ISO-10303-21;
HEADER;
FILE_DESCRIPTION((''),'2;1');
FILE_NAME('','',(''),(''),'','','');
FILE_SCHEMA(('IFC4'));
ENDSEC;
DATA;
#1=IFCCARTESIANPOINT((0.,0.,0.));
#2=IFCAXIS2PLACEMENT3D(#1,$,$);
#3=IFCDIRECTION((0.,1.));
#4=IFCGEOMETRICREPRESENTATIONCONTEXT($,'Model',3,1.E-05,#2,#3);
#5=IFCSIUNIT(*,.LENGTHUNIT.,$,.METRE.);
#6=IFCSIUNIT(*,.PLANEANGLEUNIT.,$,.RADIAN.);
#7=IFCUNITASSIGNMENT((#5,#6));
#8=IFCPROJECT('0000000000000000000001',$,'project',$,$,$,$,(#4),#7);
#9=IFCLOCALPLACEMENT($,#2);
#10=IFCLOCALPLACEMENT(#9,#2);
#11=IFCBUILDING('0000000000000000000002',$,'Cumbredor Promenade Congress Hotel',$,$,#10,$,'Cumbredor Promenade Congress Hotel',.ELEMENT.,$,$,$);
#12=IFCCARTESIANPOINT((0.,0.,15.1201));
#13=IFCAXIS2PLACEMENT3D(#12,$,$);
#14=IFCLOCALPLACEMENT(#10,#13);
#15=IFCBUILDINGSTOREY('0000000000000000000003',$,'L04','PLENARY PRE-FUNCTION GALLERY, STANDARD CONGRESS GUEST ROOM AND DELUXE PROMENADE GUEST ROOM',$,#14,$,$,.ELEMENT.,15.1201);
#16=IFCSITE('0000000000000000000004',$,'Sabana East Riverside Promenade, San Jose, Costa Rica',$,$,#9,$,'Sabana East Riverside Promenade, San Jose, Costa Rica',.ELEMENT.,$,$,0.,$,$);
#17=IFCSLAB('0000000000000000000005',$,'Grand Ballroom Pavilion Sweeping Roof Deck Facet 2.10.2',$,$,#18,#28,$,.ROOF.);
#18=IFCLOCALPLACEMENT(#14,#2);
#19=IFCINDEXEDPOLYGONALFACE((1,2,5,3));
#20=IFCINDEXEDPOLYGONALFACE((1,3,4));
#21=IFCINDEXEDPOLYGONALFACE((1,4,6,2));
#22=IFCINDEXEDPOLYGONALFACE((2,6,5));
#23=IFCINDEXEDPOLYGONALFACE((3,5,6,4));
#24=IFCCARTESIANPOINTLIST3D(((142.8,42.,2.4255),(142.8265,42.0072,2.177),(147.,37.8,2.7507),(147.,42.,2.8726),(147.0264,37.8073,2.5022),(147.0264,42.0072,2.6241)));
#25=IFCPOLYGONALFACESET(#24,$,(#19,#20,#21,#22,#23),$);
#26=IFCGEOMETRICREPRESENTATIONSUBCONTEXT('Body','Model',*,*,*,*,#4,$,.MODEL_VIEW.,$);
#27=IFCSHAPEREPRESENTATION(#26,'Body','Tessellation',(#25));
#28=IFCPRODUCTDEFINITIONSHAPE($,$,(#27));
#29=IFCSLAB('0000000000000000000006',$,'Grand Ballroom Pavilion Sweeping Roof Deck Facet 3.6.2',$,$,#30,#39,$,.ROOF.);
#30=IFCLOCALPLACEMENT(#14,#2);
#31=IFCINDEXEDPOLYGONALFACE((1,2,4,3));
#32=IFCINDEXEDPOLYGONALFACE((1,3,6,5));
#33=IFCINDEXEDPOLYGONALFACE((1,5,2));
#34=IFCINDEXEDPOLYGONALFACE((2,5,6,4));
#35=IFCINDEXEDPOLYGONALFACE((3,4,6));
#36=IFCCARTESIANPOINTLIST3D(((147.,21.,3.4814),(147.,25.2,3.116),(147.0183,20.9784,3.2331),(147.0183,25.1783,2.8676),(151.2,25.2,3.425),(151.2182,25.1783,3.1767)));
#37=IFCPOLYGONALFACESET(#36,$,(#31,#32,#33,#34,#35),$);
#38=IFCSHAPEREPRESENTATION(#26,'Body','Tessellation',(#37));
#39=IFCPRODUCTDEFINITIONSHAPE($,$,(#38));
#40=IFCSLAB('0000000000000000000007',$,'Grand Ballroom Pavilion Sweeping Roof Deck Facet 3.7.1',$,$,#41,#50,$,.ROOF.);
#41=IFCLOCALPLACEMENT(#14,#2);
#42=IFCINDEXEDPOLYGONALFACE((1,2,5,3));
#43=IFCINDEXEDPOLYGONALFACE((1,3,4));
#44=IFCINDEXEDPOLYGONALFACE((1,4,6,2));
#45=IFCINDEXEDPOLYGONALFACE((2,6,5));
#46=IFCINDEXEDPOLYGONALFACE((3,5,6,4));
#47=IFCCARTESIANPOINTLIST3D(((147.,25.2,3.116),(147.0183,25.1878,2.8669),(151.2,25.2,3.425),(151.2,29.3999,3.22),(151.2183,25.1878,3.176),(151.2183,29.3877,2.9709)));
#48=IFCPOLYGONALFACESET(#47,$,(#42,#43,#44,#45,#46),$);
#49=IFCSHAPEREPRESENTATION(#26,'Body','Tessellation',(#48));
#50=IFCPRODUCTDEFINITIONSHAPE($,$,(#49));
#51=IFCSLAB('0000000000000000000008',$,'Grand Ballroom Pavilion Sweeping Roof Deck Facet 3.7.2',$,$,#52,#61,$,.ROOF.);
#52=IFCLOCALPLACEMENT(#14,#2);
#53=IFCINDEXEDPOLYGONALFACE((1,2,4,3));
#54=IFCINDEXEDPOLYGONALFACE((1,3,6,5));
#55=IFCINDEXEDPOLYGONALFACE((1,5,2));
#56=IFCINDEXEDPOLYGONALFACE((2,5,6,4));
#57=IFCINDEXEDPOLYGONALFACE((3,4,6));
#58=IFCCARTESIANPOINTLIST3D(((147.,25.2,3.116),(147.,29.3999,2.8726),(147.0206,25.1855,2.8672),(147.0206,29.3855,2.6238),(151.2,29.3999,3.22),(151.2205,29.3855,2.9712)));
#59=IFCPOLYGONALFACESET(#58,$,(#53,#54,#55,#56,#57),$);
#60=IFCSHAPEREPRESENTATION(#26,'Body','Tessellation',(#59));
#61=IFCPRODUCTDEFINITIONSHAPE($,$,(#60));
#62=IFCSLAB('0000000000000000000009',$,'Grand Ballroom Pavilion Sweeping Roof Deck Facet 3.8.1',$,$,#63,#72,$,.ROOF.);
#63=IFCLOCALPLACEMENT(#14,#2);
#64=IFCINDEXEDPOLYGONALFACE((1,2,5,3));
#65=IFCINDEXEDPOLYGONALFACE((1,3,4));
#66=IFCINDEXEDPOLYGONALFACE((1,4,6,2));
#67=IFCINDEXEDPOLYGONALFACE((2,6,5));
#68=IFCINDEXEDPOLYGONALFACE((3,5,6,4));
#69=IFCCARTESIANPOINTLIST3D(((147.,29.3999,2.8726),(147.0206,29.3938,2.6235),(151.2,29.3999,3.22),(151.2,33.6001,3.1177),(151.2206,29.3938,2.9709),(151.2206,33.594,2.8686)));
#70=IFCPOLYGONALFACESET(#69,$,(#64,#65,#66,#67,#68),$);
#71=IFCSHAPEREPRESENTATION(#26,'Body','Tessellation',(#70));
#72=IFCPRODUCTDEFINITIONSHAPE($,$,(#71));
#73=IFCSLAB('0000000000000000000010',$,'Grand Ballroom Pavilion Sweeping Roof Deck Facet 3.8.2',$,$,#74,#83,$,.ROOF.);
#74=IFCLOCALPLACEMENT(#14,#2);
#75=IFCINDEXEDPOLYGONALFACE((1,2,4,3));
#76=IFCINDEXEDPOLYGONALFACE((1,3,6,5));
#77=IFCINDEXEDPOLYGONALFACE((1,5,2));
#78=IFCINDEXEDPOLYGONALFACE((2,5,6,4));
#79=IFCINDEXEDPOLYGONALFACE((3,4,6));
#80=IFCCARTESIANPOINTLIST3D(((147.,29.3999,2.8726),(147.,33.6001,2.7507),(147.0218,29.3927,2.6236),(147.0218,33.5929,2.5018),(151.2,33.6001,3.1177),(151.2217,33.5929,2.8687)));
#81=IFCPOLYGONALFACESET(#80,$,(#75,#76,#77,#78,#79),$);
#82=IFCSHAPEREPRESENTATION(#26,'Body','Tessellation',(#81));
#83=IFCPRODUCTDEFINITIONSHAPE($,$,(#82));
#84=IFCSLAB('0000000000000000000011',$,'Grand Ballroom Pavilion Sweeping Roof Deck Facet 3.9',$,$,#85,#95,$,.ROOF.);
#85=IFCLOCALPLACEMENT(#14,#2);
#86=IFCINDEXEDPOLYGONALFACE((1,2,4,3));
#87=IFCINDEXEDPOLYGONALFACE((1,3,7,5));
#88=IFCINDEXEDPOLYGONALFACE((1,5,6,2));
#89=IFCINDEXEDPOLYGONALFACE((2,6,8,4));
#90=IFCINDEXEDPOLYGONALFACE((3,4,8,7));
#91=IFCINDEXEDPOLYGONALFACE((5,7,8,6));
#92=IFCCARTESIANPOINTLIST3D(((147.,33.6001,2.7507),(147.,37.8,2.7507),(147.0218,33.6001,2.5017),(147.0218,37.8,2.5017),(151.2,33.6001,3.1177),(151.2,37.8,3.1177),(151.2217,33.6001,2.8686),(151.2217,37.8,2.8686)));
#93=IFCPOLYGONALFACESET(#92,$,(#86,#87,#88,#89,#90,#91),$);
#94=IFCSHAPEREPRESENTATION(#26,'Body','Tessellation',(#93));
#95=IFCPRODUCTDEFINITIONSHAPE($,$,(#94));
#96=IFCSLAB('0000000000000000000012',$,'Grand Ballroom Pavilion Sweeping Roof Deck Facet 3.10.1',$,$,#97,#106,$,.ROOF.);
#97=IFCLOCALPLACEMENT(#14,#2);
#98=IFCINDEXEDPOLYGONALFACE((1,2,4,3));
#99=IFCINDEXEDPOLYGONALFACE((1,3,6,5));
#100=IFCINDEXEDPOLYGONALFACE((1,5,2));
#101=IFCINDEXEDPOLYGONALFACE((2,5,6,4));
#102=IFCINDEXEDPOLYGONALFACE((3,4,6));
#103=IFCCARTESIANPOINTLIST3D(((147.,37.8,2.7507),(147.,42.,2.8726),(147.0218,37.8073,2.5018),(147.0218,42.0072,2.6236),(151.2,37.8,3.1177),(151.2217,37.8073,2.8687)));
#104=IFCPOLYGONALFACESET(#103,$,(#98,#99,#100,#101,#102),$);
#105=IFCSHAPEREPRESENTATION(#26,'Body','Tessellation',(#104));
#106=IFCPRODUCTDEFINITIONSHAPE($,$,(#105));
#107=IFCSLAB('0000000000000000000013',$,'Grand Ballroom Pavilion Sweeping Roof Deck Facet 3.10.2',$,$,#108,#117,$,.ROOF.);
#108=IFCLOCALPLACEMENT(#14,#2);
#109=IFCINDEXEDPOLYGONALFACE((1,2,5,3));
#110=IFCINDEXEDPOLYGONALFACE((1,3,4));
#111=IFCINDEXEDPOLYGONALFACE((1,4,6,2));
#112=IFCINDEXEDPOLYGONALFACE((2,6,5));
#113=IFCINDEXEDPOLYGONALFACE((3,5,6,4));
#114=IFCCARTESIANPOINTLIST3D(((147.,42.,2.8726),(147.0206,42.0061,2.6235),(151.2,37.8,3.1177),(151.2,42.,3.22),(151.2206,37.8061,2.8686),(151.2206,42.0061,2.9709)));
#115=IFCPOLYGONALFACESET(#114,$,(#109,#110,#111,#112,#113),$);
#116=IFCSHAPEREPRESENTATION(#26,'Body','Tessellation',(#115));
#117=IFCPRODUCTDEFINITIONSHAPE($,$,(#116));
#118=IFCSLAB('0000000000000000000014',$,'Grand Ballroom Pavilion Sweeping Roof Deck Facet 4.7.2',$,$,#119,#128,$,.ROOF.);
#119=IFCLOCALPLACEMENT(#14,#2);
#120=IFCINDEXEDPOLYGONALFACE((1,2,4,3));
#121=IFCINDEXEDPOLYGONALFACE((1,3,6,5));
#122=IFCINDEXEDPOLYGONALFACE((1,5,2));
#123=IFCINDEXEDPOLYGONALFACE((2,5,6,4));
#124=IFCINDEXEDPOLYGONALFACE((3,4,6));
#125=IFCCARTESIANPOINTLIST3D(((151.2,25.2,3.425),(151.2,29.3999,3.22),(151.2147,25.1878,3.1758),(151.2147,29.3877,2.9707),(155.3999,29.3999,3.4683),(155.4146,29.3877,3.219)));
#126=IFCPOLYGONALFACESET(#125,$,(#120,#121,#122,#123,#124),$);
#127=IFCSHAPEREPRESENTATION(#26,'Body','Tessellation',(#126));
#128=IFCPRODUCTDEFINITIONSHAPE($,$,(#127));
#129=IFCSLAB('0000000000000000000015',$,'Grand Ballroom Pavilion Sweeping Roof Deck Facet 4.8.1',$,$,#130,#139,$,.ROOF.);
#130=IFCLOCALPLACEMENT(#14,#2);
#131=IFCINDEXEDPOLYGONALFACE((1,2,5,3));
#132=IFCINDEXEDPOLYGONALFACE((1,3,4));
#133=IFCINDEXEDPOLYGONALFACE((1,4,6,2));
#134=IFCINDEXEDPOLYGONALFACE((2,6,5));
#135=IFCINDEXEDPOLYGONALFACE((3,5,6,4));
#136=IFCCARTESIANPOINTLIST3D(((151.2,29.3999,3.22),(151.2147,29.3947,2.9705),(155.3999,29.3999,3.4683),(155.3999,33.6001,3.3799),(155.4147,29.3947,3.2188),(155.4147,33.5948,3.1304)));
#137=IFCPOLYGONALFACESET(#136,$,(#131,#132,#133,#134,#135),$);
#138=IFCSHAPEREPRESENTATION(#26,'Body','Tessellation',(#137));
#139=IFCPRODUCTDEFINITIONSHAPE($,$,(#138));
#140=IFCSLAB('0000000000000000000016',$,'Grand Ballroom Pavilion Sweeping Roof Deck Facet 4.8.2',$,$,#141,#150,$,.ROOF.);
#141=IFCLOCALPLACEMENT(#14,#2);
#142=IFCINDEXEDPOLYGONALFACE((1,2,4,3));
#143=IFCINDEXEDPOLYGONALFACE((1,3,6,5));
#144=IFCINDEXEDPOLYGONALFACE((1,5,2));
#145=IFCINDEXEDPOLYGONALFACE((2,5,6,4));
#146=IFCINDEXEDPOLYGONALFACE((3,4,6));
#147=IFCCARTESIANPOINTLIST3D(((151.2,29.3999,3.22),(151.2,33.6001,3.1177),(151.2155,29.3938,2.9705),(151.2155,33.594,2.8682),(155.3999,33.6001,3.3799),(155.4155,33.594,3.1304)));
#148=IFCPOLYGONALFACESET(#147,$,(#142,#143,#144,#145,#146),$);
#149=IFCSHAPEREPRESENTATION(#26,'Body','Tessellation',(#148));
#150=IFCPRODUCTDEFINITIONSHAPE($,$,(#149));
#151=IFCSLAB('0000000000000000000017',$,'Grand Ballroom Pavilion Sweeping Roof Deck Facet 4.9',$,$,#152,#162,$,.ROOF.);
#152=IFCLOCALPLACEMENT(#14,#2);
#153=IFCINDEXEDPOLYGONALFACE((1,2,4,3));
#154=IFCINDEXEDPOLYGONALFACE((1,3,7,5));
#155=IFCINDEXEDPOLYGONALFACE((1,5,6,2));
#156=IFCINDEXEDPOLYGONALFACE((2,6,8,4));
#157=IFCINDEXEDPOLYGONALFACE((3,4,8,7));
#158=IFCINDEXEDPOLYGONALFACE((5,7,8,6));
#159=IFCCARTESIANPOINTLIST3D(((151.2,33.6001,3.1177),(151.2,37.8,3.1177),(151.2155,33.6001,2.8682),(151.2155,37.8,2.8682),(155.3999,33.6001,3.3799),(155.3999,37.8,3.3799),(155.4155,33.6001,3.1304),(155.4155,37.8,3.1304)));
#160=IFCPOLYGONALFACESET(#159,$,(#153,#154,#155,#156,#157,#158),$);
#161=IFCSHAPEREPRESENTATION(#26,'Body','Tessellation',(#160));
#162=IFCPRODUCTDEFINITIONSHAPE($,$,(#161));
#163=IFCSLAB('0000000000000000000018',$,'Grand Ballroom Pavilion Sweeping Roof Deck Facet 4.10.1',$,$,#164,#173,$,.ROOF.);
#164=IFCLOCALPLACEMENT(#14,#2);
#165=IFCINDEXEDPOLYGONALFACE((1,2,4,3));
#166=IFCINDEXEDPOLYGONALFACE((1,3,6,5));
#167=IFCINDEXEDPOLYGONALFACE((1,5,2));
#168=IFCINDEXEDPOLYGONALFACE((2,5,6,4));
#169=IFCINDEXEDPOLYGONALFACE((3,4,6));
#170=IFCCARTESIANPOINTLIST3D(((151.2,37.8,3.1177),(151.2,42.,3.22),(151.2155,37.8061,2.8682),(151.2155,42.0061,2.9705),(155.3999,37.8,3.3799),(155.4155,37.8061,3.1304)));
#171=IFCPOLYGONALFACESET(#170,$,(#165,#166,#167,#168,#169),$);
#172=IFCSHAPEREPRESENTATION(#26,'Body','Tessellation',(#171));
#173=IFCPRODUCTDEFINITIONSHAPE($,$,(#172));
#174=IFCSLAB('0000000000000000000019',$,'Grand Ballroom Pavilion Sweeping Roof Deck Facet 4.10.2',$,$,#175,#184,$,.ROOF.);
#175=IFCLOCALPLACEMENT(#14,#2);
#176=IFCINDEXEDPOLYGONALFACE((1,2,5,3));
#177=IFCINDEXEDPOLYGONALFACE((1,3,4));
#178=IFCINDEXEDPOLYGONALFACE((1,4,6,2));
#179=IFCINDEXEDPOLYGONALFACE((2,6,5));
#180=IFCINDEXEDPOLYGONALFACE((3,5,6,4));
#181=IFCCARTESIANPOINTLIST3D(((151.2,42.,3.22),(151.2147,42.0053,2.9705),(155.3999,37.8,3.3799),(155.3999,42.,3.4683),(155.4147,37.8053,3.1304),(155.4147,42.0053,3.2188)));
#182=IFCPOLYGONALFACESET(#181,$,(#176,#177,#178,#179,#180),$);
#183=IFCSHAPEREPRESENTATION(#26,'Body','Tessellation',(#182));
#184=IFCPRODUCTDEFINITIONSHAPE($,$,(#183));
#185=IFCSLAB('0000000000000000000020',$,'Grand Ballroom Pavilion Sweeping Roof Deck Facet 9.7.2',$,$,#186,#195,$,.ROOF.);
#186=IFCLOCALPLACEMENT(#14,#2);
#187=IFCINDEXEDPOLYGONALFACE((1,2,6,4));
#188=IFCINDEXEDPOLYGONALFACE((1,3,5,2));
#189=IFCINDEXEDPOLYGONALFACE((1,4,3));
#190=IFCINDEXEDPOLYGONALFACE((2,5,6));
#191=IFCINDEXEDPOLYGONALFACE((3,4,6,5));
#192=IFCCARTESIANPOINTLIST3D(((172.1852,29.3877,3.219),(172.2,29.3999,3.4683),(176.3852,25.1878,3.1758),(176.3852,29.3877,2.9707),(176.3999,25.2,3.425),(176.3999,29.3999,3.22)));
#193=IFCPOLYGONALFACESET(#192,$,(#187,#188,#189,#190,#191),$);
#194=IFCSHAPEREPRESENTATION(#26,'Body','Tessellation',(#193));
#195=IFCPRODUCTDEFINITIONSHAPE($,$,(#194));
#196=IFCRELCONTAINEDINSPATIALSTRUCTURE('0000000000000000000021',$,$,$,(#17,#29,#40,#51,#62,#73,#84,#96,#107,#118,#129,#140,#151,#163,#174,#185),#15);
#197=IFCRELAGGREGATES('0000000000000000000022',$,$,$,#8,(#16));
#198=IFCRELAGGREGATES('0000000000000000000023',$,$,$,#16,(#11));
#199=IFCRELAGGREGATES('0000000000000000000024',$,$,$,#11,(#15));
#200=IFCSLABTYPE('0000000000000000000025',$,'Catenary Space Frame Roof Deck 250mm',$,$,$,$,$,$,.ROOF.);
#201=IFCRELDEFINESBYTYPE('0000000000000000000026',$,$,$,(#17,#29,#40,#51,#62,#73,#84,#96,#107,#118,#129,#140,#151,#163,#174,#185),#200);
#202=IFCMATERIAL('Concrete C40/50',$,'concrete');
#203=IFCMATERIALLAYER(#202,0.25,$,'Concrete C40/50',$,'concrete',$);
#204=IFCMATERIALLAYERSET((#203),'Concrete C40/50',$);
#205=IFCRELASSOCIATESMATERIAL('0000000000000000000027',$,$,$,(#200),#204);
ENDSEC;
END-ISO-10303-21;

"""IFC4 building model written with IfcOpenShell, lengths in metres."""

from ifc_helpers import new_model, si_unit, direction, frame, origin, place, context, subcontext, project, spatial, polyline, outline, extrude, material, layer, layer_set, type_object, element, save


model = new_model("IFC4")

# Units and contexts
model_context = context("Model", 3, precision=1e-05, world=origin(), true_north=direction((0.0, 1.0)))
body_context = subcontext(model_context, "Body", "Model", "MODEL_VIEW")
ifc_project = project(units=[si_unit("LENGTHUNIT", "METRE"), si_unit("PLANEANGLEUNIT", "RADIAN")], contexts=[model_context])

# Site, building, storey
site_placement = place(None, origin())
site = spatial("IfcSite", under=ifc_project, at=site_placement, Name="Sabana East Riverside Promenade, San Jose, Costa Rica", LongName="Sabana East Riverside Promenade, San Jose, Costa Rica", CompositionType="ELEMENT", RefElevation=0.0)
building_placement = place(site_placement, origin())
building = spatial("IfcBuilding", under=site, at=building_placement, Name="Cumbredor Promenade Congress Hotel", LongName="Cumbredor Promenade Congress Hotel", CompositionType="ELEMENT")
storey_placement = place(building_placement, frame((0.0, 0.0, 15.1201)))
storey = spatial("IfcBuildingStorey", under=building, at=storey_placement, Name="L04", Description="PLENARY PRE-FUNCTION GALLERY, STANDARD CONGRESS GUEST ROOM AND DELUXE PROMENADE GUEST ROOM", CompositionType="ELEMENT", Elevation=15.1201)

# Slabs
ifc_material_1 = material(Name="Concrete C40/50", Category="concrete")
ifc_layer_1 = layer(ifc_material_1, 0.25, Name="Concrete C40/50", Category="concrete")
ifc_layer_set_1 = layer_set([ifc_layer_1], Name="Concrete C40/50")
slab_type = type_object("IfcSlabType", Name="Catenary Space Frame Roof Deck 250mm", PredefinedType="ROOF", material=ifc_layer_set_1)
slab_1_placement = place(storey_placement, frame((147.0, 37.8, 2.7507), z_axis=(-0.105793, -0.028832, 0.99397), x_axis=(0.0, 0.99958, 0.028994)))
element("IfcSlab", 1, at=slab_1_placement, inside=storey, type_object=slab_type, Name="Grand Ballroom Pavilion Sweeping Roof Deck Facet 2.10.2", PredefinedType="ROOF", context=body_context, shape_type="SweptSolid", body=[
    extrude(outline(polyline([(0.0, 0.0), (4.2017, 0.0), (4.1888, 4.2237), (0.0, 0.0)])), origin(), (0.0, 0.0, -1.0), 0.25),
])
slab_2_placement = place(storey_placement, frame((147.0, 21.0, 3.4814), z_axis=(-0.073119, 0.08646, 0.993568), x_axis=(0.707075, 0.707075, -0.009495)))
element("IfcSlab", 2, at=slab_2_placement, inside=storey, type_object=slab_type, Name="Grand Ballroom Pavilion Sweeping Roof Deck Facet 3.6.2", PredefinedType="ROOF", context=body_context, shape_type="SweptSolid", body=[
    extrude(outline(polyline([(0.0, 0.0), (5.9399, 0.0), (2.9732, 2.9889), (0.0, 0.0)])), origin(), (0.0, 0.0, -1.0), 0.25),
])
slab_3_placement = place(storey_placement, frame((147.0, 25.2, 3.116), z_axis=(-0.073306, 0.048639, 0.996123), x_axis=(0.997303, 0.0, 0.073393)))
element("IfcSlab", 3, at=slab_3_placement, inside=storey, type_object=slab_type, Name="Grand Ballroom Pavilion Sweeping Roof Deck Facet 3.7.1", PredefinedType="ROOF", context=body_context, shape_type="SweptSolid", body=[
    extrude(outline(polyline([(0.0, 0.0), (4.2113, 0.0), (4.1963, 4.2049), (0.0, 0.0)])), origin(), (0.0, 0.0, -1.0), 0.25),
])
slab_4_placement = place(storey_placement, frame((147.0, 25.2, 3.116), z_axis=(-0.082299, 0.057662, 0.994938), x_axis=(0.706998, 0.706998, 0.017507)))
element("IfcSlab", 4, at=slab_4_placement, inside=storey, type_object=slab_type, Name="Grand Ballroom Pavilion Sweeping Roof Deck Facet 3.7.2", PredefinedType="ROOF", context=body_context, shape_type="SweptSolid", body=[
    extrude(outline(polyline([(0.0, 0.0), (5.9405, 0.0), (2.9651, 2.9845), (0.0, 0.0)])), origin(), (0.0, 0.0, -1.0), 0.25),
])
slab_5_placement = place(storey_placement, frame((147.0, 29.3999, 2.8726), z_axis=(-0.082412, 0.024265, 0.996303), x_axis=(0.996596, 0.0, 0.082437)))
element("IfcSlab", 5, at=slab_5_placement, inside=storey, type_object=slab_type, Name="Grand Ballroom Pavilion Sweeping Roof Deck Facet 3.8.1", PredefinedType="ROOF", context=body_context, shape_type="SweptSolid", body=[
    extrude(outline(polyline([(0.0, 0.0), (4.2143, 0.0), (4.2059, 4.2014), (0.0, 0.0)])), origin(), (0.0, 0.0, -1.0), 0.25),
])
slab_6_placement = place(storey_placement, frame((147.0, 29.3999, 2.8726), z_axis=(-0.087001, 0.028883, 0.995789), x_axis=(0.706485, 0.706526, 0.041232)))
element("IfcSlab", 6, at=slab_6_placement, inside=storey, type_object=slab_type, Name="Grand Ballroom Pavilion Sweeping Roof Deck Facet 3.8.2", PredefinedType="ROOF", context=body_context, shape_type="SweptSolid", body=[
    extrude(outline(polyline([(0.0, 0.0), (5.9449, 0.0), (2.9625, 2.9799), (0.0, 0.0)])), origin(), (0.0, 0.0, -1.0), 0.25),
])
slab_7_placement = place(storey_placement, frame((147.0, 33.6001, 2.7507), z_axis=(-0.087037, 0.0, 0.996205), x_axis=(0.996205, 0.0, 0.087037)))
element("IfcSlab", 7, at=slab_7_placement, inside=storey, type_object=slab_type, Name="Grand Ballroom Pavilion Sweeping Roof Deck Facet 3.9", PredefinedType="ROOF", context=body_context, shape_type="SweptSolid", body=[
    extrude(outline(polyline([(0.0, 0.0), (4.216, 0.0), (4.216, 4.2), (0.0, 4.2), (0.0, 0.0)])), origin(), (0.0, 0.0, -1.0), 0.25),
])
slab_8_placement = place(storey_placement, frame((147.0, 37.8, 2.7507), z_axis=(-0.087001, -0.028884, 0.995789), x_axis=(0.996205, 0.0, 0.087037)))
element("IfcSlab", 8, at=slab_8_placement, inside=storey, type_object=slab_type, Name="Grand Ballroom Pavilion Sweeping Roof Deck Facet 3.10.1", PredefinedType="ROOF", context=body_context, shape_type="SweptSolid", body=[
    extrude(outline(polyline([(0.0, 0.0), (4.216, 0.0), (0.0106, 4.2017), (0.0, 0.0)])), origin(), (0.0, 0.0, -1.0), 0.25),
])
slab_9_placement = place(storey_placement, frame((151.2, 37.8, 3.1177), z_axis=(-0.082412, -0.024266, 0.996303), x_axis=(0.0, 0.999704, 0.024349)))
element("IfcSlab", 9, at=slab_9_placement, inside=storey, type_object=slab_type, Name="Grand Ballroom Pavilion Sweeping Roof Deck Facet 3.10.2", PredefinedType="ROOF", context=body_context, shape_type="SweptSolid", body=[
    extrude(outline(polyline([(0.0, 0.0), (4.2012, 0.0), (4.1927, 4.2143), (0.0, 0.0)])), origin(), (0.0, 0.0, -1.0), 0.25),
])
slab_10_placement = place(storey_placement, frame((151.2, 25.2, 3.425), z_axis=(-0.058945, 0.048686, 0.997073), x_axis=(0.707088, 0.707088, 0.007275)))
element("IfcSlab", 10, at=slab_10_placement, inside=storey, type_object=slab_type, Name="Grand Ballroom Pavilion Sweeping Roof Deck Facet 4.7.2", PredefinedType="ROOF", context=body_context, shape_type="SweptSolid", body=[
    extrude(outline(polyline([(0.0, 0.0), (5.9398, 0.0), (2.9682, 2.9785), (0.0, 0.0)])), origin(), (0.0, 0.0, -1.0), 0.25),
])
slab_11_placement = place(storey_placement, frame((151.2, 29.3999, 3.22), z_axis=(-0.059002, 0.021, 0.998037), x_axis=(0.998257, 0.0, 0.059015)))
element("IfcSlab", 11, at=slab_11_placement, inside=storey, type_object=slab_type, Name="Grand Ballroom Pavilion Sweeping Roof Deck Facet 4.8.1", PredefinedType="ROOF", context=body_context, shape_type="SweptSolid", body=[
    extrude(outline(polyline([(0.0, 0.0), (4.2073, 0.0), (4.2021, 4.2011), (0.0, 0.0)])), origin(), (0.0, 0.0, -1.0), 0.25),
])
slab_12_placement = place(storey_placement, frame((151.2, 29.3999, 3.22), z_axis=(-0.062291, 0.0243, 0.997762), x_axis=(0.70683, 0.706871, 0.026912)))
element("IfcSlab", 12, at=slab_12_placement, inside=storey, type_object=slab_type, Name="Grand Ballroom Pavilion Sweeping Roof Deck Facet 4.8.2", PredefinedType="ROOF", context=body_context, shape_type="SweptSolid", body=[
    extrude(outline(polyline([(0.0, 0.0), (5.942, 0.0), (2.9662, 2.9755), (0.0, 0.0)])), origin(), (0.0, 0.0, -1.0), 0.25),
])
slab_13_placement = place(storey_placement, frame((151.2, 33.6001, 3.1177), z_axis=(-0.06231, 0.0, 0.998057), x_axis=(0.998057, 0.0, 0.06231)))
element("IfcSlab", 13, at=slab_13_placement, inside=storey, type_object=slab_type, Name="Grand Ballroom Pavilion Sweeping Roof Deck Facet 4.9", PredefinedType="ROOF", context=body_context, shape_type="SweptSolid", body=[
    extrude(outline(polyline([(0.0, 0.0), (4.2081, 0.0), (4.2081, 4.2), (0.0, 4.2), (0.0, 0.0)])), origin(), (0.0, 0.0, -1.0), 0.25),
])
slab_14_placement = place(storey_placement, frame((151.2, 37.8, 3.1177), z_axis=(-0.062291, -0.024302, 0.997762), x_axis=(0.998057, 0.0, 0.06231)))
element("IfcSlab", 14, at=slab_14_placement, inside=storey, type_object=slab_type, Name="Grand Ballroom Pavilion Sweeping Roof Deck Facet 4.10.1", PredefinedType="ROOF", context=body_context, shape_type="SweptSolid", body=[
    extrude(outline(polyline([(0.0, 0.0), (4.2081, 0.0), (0.0064, 4.2012), (0.0, 0.0)])), origin(), (0.0, 0.0, -1.0), 0.25),
])
slab_15_placement = place(storey_placement, frame((155.3999, 37.8, 3.3799), z_axis=(-0.059002, -0.021002, 0.998037), x_axis=(0.0, 0.999779, 0.021038)))
element("IfcSlab", 15, at=slab_15_placement, inside=storey, type_object=slab_type, Name="Grand Ballroom Pavilion Sweeping Roof Deck Facet 4.10.2", PredefinedType="ROOF", context=body_context, shape_type="SweptSolid", body=[
    extrude(outline(polyline([(0.0, 0.0), (4.2009, 0.0), (4.1957, 4.2073), (0.0, 0.0)])), origin(), (0.0, 0.0, -1.0), 0.25),
])
slab_16_placement = place(storey_placement, frame((176.3999, 25.2, 3.425), z_axis=(0.058945, 0.048686, 0.997073), x_axis=(0.0, 0.99881, -0.048771)))
element("IfcSlab", 16, at=slab_16_placement, inside=storey, type_object=slab_type, Name="Grand Ballroom Pavilion Sweeping Roof Deck Facet 9.7.2", PredefinedType="ROOF", context=body_context, shape_type="SweptSolid", body=[
    extrude(outline(polyline([(0.0, 0.0), (4.205, 0.0), (4.1928, 4.2073), (0.0, 0.0)])), origin(), (0.0, 0.0, -1.0), 0.25),
])

save(model, "model.ifc")
